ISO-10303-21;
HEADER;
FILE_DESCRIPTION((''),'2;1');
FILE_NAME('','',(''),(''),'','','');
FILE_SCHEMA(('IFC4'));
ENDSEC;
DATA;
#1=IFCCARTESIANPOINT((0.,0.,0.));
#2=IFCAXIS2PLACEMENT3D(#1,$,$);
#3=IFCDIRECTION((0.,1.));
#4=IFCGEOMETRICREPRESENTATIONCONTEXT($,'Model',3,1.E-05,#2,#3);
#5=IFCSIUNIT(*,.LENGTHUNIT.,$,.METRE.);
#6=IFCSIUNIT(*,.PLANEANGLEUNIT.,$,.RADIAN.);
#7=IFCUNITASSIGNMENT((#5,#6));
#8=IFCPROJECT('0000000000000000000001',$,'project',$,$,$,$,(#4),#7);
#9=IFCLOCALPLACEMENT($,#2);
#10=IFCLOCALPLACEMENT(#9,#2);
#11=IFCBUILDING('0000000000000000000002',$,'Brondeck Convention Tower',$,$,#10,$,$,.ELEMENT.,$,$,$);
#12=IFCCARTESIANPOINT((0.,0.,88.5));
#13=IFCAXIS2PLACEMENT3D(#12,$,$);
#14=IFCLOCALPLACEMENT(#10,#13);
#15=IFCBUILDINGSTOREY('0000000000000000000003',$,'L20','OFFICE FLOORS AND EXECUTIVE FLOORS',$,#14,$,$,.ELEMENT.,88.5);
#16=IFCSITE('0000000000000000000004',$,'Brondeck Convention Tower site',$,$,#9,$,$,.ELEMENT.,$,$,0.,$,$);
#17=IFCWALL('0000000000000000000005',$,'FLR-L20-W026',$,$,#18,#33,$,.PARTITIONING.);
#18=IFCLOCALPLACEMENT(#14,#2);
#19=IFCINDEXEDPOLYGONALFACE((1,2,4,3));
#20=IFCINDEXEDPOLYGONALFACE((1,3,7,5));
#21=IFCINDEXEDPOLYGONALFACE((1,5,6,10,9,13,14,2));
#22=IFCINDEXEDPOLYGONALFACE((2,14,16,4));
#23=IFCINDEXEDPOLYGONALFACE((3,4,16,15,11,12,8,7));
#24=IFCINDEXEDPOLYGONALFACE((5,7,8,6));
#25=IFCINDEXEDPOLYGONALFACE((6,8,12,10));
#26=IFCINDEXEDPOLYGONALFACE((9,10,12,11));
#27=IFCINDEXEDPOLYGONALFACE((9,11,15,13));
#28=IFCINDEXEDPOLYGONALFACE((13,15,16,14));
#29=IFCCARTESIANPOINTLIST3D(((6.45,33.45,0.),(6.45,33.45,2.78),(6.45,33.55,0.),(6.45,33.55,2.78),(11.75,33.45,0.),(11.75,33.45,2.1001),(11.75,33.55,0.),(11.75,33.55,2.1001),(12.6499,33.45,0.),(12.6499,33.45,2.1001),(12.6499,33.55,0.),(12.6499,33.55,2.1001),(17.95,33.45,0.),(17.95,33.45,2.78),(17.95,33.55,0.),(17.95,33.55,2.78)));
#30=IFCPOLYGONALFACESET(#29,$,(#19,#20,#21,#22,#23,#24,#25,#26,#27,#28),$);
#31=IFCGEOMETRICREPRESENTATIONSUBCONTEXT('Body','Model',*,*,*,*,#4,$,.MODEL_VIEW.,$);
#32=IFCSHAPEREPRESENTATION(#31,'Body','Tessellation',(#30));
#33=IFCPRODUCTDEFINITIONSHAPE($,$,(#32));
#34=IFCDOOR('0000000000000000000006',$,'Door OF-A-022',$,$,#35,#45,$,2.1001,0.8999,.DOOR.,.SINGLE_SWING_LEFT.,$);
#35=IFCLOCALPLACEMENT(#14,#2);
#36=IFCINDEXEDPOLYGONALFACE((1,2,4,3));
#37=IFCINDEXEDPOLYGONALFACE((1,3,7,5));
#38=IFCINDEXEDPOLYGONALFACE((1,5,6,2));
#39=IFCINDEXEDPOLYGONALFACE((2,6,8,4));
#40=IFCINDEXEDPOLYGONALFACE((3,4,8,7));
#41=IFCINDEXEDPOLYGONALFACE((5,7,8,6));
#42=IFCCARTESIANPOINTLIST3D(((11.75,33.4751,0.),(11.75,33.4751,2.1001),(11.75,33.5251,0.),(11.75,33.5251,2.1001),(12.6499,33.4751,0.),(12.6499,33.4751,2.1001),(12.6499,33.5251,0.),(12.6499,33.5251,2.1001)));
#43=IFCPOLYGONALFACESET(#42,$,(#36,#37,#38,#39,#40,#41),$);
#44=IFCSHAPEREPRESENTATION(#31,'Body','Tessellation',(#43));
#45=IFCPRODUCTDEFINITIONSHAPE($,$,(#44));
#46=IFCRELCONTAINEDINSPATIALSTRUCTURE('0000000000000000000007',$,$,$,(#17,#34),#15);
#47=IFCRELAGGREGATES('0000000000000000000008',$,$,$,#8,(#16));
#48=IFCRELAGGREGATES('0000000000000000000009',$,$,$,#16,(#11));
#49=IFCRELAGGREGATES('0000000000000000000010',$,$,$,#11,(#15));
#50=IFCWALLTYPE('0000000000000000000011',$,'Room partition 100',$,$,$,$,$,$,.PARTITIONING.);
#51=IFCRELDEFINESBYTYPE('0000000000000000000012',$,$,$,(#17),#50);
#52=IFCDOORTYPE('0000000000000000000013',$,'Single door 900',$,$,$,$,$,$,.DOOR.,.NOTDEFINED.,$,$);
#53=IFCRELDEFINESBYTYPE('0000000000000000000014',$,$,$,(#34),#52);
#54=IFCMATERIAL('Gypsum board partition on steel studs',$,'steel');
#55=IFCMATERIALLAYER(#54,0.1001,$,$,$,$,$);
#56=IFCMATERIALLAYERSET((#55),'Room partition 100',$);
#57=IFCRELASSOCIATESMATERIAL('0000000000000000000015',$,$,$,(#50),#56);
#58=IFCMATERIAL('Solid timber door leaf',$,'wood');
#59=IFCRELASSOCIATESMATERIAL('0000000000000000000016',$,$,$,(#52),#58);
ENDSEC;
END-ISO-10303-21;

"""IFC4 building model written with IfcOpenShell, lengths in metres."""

from ifc_helpers import new_model, si_unit, direction, frame, frame_2d, origin, place, context, subcontext, project, spatial, rectangle, extrude, material, layer, layer_set, type_object, element, fill, save


model = new_model("IFC4")

# Units and contexts
model_context = context("Model", 3, precision=1e-05, world=origin(), true_north=direction((0.0, 1.0)))
body_context = subcontext(model_context, "Body", "Model", "MODEL_VIEW")
ifc_project = project(units=[si_unit("LENGTHUNIT", "METRE"), si_unit("PLANEANGLEUNIT", "RADIAN")], contexts=[model_context])

# Site, building, storey
site_placement = place(None, origin())
site = spatial("IfcSite", under=ifc_project, at=site_placement, Name="Brondeck Convention Tower site", CompositionType="ELEMENT", RefElevation=0.0)
building_placement = place(site_placement, origin())
building = spatial("IfcBuilding", under=site, at=building_placement, Name="Brondeck Convention Tower", CompositionType="ELEMENT")
storey_placement = place(building_placement, frame((0.0, 0.0, 88.5)))
storey = spatial("IfcBuildingStorey", under=building, at=storey_placement, Name="L20", Description="OFFICE FLOORS AND EXECUTIVE FLOORS", CompositionType="ELEMENT", Elevation=88.5)

# Shared definitions
ifc_material_1 = material(Name="Gypsum board partition on steel studs", Category="steel")
ifc_layer_1 = layer(ifc_material_1, 0.1001)
ifc_layer_set_1 = layer_set([ifc_layer_1], Name="Room partition 100")
wall_type_1 = type_object("IfcWallType", Name="Room partition 100", PredefinedType="PARTITIONING", material=ifc_layer_set_1)

# Wall, opening, door
wall_1_placement = place(storey_placement, frame((17.95, 33.5, 0.0), z_axis=(0.0, 0.0, 1.0), x_axis=(-1.0, 0.0, 0.0)))
wall_1 = element("IfcWall", 1, at=wall_1_placement, inside=storey, type_object=wall_type_1, Name="FLR-L20-W026", PredefinedType="PARTITIONING", context=body_context, shape_type="SweptSolid", body=[
    extrude(rectangle(XDim=11.5, YDim=0.1001, at=frame_2d((5.75, 0.0))), origin(), (0.0, 0.0, 1.0), 2.78),
])
opening_1_placement = place(wall_1_placement, frame((5.3, 0.0, 0.0)))
opening_1 = element("IfcOpeningElement", 2, at=opening_1_placement, cuts=wall_1, PredefinedType="OPENING", context=body_context, shape_type="SweptSolid", body=[
    extrude(rectangle(XDim=0.8999, YDim=2.1001, at=frame_2d((0.45, 1.05))), frame((0.0, 0.0601, 0.0), z_axis=(0.0, -1.0, 0.0), x_axis=(1.0, 0.0, 0.0)), (0.0, 0.0, 1.0), 0.1201),
])
ifc_material_2 = material(Name="Solid timber door leaf", Category="wood")
door_type_1 = type_object("IfcDoorType", Name="Single door 900", OperationType="NOTDEFINED", PredefinedType="DOOR", material=ifc_material_2)
door_1_placement = place(opening_1_placement, origin())
door_1 = element("IfcDoor", 3, at=door_1_placement, inside=storey, type_object=door_type_1, Name="Door OF-A-022", OperationType="SINGLE_SWING_LEFT", OverallHeight=2.1001, OverallWidth=0.8999, PredefinedType="DOOR", context=body_context, shape_type="SweptSolid", body=[
    extrude(rectangle(XDim=0.8999, YDim=2.1001, at=frame_2d((0.45, 1.05))), frame((0.0, 0.0249, 0.0), z_axis=(0.0, -1.0, 0.0), x_axis=(1.0, 0.0, 0.0)), (0.0, 0.0, 1.0), 0.05),
])
fill(opening_1, door_1)

save(model, "model.ifc")
